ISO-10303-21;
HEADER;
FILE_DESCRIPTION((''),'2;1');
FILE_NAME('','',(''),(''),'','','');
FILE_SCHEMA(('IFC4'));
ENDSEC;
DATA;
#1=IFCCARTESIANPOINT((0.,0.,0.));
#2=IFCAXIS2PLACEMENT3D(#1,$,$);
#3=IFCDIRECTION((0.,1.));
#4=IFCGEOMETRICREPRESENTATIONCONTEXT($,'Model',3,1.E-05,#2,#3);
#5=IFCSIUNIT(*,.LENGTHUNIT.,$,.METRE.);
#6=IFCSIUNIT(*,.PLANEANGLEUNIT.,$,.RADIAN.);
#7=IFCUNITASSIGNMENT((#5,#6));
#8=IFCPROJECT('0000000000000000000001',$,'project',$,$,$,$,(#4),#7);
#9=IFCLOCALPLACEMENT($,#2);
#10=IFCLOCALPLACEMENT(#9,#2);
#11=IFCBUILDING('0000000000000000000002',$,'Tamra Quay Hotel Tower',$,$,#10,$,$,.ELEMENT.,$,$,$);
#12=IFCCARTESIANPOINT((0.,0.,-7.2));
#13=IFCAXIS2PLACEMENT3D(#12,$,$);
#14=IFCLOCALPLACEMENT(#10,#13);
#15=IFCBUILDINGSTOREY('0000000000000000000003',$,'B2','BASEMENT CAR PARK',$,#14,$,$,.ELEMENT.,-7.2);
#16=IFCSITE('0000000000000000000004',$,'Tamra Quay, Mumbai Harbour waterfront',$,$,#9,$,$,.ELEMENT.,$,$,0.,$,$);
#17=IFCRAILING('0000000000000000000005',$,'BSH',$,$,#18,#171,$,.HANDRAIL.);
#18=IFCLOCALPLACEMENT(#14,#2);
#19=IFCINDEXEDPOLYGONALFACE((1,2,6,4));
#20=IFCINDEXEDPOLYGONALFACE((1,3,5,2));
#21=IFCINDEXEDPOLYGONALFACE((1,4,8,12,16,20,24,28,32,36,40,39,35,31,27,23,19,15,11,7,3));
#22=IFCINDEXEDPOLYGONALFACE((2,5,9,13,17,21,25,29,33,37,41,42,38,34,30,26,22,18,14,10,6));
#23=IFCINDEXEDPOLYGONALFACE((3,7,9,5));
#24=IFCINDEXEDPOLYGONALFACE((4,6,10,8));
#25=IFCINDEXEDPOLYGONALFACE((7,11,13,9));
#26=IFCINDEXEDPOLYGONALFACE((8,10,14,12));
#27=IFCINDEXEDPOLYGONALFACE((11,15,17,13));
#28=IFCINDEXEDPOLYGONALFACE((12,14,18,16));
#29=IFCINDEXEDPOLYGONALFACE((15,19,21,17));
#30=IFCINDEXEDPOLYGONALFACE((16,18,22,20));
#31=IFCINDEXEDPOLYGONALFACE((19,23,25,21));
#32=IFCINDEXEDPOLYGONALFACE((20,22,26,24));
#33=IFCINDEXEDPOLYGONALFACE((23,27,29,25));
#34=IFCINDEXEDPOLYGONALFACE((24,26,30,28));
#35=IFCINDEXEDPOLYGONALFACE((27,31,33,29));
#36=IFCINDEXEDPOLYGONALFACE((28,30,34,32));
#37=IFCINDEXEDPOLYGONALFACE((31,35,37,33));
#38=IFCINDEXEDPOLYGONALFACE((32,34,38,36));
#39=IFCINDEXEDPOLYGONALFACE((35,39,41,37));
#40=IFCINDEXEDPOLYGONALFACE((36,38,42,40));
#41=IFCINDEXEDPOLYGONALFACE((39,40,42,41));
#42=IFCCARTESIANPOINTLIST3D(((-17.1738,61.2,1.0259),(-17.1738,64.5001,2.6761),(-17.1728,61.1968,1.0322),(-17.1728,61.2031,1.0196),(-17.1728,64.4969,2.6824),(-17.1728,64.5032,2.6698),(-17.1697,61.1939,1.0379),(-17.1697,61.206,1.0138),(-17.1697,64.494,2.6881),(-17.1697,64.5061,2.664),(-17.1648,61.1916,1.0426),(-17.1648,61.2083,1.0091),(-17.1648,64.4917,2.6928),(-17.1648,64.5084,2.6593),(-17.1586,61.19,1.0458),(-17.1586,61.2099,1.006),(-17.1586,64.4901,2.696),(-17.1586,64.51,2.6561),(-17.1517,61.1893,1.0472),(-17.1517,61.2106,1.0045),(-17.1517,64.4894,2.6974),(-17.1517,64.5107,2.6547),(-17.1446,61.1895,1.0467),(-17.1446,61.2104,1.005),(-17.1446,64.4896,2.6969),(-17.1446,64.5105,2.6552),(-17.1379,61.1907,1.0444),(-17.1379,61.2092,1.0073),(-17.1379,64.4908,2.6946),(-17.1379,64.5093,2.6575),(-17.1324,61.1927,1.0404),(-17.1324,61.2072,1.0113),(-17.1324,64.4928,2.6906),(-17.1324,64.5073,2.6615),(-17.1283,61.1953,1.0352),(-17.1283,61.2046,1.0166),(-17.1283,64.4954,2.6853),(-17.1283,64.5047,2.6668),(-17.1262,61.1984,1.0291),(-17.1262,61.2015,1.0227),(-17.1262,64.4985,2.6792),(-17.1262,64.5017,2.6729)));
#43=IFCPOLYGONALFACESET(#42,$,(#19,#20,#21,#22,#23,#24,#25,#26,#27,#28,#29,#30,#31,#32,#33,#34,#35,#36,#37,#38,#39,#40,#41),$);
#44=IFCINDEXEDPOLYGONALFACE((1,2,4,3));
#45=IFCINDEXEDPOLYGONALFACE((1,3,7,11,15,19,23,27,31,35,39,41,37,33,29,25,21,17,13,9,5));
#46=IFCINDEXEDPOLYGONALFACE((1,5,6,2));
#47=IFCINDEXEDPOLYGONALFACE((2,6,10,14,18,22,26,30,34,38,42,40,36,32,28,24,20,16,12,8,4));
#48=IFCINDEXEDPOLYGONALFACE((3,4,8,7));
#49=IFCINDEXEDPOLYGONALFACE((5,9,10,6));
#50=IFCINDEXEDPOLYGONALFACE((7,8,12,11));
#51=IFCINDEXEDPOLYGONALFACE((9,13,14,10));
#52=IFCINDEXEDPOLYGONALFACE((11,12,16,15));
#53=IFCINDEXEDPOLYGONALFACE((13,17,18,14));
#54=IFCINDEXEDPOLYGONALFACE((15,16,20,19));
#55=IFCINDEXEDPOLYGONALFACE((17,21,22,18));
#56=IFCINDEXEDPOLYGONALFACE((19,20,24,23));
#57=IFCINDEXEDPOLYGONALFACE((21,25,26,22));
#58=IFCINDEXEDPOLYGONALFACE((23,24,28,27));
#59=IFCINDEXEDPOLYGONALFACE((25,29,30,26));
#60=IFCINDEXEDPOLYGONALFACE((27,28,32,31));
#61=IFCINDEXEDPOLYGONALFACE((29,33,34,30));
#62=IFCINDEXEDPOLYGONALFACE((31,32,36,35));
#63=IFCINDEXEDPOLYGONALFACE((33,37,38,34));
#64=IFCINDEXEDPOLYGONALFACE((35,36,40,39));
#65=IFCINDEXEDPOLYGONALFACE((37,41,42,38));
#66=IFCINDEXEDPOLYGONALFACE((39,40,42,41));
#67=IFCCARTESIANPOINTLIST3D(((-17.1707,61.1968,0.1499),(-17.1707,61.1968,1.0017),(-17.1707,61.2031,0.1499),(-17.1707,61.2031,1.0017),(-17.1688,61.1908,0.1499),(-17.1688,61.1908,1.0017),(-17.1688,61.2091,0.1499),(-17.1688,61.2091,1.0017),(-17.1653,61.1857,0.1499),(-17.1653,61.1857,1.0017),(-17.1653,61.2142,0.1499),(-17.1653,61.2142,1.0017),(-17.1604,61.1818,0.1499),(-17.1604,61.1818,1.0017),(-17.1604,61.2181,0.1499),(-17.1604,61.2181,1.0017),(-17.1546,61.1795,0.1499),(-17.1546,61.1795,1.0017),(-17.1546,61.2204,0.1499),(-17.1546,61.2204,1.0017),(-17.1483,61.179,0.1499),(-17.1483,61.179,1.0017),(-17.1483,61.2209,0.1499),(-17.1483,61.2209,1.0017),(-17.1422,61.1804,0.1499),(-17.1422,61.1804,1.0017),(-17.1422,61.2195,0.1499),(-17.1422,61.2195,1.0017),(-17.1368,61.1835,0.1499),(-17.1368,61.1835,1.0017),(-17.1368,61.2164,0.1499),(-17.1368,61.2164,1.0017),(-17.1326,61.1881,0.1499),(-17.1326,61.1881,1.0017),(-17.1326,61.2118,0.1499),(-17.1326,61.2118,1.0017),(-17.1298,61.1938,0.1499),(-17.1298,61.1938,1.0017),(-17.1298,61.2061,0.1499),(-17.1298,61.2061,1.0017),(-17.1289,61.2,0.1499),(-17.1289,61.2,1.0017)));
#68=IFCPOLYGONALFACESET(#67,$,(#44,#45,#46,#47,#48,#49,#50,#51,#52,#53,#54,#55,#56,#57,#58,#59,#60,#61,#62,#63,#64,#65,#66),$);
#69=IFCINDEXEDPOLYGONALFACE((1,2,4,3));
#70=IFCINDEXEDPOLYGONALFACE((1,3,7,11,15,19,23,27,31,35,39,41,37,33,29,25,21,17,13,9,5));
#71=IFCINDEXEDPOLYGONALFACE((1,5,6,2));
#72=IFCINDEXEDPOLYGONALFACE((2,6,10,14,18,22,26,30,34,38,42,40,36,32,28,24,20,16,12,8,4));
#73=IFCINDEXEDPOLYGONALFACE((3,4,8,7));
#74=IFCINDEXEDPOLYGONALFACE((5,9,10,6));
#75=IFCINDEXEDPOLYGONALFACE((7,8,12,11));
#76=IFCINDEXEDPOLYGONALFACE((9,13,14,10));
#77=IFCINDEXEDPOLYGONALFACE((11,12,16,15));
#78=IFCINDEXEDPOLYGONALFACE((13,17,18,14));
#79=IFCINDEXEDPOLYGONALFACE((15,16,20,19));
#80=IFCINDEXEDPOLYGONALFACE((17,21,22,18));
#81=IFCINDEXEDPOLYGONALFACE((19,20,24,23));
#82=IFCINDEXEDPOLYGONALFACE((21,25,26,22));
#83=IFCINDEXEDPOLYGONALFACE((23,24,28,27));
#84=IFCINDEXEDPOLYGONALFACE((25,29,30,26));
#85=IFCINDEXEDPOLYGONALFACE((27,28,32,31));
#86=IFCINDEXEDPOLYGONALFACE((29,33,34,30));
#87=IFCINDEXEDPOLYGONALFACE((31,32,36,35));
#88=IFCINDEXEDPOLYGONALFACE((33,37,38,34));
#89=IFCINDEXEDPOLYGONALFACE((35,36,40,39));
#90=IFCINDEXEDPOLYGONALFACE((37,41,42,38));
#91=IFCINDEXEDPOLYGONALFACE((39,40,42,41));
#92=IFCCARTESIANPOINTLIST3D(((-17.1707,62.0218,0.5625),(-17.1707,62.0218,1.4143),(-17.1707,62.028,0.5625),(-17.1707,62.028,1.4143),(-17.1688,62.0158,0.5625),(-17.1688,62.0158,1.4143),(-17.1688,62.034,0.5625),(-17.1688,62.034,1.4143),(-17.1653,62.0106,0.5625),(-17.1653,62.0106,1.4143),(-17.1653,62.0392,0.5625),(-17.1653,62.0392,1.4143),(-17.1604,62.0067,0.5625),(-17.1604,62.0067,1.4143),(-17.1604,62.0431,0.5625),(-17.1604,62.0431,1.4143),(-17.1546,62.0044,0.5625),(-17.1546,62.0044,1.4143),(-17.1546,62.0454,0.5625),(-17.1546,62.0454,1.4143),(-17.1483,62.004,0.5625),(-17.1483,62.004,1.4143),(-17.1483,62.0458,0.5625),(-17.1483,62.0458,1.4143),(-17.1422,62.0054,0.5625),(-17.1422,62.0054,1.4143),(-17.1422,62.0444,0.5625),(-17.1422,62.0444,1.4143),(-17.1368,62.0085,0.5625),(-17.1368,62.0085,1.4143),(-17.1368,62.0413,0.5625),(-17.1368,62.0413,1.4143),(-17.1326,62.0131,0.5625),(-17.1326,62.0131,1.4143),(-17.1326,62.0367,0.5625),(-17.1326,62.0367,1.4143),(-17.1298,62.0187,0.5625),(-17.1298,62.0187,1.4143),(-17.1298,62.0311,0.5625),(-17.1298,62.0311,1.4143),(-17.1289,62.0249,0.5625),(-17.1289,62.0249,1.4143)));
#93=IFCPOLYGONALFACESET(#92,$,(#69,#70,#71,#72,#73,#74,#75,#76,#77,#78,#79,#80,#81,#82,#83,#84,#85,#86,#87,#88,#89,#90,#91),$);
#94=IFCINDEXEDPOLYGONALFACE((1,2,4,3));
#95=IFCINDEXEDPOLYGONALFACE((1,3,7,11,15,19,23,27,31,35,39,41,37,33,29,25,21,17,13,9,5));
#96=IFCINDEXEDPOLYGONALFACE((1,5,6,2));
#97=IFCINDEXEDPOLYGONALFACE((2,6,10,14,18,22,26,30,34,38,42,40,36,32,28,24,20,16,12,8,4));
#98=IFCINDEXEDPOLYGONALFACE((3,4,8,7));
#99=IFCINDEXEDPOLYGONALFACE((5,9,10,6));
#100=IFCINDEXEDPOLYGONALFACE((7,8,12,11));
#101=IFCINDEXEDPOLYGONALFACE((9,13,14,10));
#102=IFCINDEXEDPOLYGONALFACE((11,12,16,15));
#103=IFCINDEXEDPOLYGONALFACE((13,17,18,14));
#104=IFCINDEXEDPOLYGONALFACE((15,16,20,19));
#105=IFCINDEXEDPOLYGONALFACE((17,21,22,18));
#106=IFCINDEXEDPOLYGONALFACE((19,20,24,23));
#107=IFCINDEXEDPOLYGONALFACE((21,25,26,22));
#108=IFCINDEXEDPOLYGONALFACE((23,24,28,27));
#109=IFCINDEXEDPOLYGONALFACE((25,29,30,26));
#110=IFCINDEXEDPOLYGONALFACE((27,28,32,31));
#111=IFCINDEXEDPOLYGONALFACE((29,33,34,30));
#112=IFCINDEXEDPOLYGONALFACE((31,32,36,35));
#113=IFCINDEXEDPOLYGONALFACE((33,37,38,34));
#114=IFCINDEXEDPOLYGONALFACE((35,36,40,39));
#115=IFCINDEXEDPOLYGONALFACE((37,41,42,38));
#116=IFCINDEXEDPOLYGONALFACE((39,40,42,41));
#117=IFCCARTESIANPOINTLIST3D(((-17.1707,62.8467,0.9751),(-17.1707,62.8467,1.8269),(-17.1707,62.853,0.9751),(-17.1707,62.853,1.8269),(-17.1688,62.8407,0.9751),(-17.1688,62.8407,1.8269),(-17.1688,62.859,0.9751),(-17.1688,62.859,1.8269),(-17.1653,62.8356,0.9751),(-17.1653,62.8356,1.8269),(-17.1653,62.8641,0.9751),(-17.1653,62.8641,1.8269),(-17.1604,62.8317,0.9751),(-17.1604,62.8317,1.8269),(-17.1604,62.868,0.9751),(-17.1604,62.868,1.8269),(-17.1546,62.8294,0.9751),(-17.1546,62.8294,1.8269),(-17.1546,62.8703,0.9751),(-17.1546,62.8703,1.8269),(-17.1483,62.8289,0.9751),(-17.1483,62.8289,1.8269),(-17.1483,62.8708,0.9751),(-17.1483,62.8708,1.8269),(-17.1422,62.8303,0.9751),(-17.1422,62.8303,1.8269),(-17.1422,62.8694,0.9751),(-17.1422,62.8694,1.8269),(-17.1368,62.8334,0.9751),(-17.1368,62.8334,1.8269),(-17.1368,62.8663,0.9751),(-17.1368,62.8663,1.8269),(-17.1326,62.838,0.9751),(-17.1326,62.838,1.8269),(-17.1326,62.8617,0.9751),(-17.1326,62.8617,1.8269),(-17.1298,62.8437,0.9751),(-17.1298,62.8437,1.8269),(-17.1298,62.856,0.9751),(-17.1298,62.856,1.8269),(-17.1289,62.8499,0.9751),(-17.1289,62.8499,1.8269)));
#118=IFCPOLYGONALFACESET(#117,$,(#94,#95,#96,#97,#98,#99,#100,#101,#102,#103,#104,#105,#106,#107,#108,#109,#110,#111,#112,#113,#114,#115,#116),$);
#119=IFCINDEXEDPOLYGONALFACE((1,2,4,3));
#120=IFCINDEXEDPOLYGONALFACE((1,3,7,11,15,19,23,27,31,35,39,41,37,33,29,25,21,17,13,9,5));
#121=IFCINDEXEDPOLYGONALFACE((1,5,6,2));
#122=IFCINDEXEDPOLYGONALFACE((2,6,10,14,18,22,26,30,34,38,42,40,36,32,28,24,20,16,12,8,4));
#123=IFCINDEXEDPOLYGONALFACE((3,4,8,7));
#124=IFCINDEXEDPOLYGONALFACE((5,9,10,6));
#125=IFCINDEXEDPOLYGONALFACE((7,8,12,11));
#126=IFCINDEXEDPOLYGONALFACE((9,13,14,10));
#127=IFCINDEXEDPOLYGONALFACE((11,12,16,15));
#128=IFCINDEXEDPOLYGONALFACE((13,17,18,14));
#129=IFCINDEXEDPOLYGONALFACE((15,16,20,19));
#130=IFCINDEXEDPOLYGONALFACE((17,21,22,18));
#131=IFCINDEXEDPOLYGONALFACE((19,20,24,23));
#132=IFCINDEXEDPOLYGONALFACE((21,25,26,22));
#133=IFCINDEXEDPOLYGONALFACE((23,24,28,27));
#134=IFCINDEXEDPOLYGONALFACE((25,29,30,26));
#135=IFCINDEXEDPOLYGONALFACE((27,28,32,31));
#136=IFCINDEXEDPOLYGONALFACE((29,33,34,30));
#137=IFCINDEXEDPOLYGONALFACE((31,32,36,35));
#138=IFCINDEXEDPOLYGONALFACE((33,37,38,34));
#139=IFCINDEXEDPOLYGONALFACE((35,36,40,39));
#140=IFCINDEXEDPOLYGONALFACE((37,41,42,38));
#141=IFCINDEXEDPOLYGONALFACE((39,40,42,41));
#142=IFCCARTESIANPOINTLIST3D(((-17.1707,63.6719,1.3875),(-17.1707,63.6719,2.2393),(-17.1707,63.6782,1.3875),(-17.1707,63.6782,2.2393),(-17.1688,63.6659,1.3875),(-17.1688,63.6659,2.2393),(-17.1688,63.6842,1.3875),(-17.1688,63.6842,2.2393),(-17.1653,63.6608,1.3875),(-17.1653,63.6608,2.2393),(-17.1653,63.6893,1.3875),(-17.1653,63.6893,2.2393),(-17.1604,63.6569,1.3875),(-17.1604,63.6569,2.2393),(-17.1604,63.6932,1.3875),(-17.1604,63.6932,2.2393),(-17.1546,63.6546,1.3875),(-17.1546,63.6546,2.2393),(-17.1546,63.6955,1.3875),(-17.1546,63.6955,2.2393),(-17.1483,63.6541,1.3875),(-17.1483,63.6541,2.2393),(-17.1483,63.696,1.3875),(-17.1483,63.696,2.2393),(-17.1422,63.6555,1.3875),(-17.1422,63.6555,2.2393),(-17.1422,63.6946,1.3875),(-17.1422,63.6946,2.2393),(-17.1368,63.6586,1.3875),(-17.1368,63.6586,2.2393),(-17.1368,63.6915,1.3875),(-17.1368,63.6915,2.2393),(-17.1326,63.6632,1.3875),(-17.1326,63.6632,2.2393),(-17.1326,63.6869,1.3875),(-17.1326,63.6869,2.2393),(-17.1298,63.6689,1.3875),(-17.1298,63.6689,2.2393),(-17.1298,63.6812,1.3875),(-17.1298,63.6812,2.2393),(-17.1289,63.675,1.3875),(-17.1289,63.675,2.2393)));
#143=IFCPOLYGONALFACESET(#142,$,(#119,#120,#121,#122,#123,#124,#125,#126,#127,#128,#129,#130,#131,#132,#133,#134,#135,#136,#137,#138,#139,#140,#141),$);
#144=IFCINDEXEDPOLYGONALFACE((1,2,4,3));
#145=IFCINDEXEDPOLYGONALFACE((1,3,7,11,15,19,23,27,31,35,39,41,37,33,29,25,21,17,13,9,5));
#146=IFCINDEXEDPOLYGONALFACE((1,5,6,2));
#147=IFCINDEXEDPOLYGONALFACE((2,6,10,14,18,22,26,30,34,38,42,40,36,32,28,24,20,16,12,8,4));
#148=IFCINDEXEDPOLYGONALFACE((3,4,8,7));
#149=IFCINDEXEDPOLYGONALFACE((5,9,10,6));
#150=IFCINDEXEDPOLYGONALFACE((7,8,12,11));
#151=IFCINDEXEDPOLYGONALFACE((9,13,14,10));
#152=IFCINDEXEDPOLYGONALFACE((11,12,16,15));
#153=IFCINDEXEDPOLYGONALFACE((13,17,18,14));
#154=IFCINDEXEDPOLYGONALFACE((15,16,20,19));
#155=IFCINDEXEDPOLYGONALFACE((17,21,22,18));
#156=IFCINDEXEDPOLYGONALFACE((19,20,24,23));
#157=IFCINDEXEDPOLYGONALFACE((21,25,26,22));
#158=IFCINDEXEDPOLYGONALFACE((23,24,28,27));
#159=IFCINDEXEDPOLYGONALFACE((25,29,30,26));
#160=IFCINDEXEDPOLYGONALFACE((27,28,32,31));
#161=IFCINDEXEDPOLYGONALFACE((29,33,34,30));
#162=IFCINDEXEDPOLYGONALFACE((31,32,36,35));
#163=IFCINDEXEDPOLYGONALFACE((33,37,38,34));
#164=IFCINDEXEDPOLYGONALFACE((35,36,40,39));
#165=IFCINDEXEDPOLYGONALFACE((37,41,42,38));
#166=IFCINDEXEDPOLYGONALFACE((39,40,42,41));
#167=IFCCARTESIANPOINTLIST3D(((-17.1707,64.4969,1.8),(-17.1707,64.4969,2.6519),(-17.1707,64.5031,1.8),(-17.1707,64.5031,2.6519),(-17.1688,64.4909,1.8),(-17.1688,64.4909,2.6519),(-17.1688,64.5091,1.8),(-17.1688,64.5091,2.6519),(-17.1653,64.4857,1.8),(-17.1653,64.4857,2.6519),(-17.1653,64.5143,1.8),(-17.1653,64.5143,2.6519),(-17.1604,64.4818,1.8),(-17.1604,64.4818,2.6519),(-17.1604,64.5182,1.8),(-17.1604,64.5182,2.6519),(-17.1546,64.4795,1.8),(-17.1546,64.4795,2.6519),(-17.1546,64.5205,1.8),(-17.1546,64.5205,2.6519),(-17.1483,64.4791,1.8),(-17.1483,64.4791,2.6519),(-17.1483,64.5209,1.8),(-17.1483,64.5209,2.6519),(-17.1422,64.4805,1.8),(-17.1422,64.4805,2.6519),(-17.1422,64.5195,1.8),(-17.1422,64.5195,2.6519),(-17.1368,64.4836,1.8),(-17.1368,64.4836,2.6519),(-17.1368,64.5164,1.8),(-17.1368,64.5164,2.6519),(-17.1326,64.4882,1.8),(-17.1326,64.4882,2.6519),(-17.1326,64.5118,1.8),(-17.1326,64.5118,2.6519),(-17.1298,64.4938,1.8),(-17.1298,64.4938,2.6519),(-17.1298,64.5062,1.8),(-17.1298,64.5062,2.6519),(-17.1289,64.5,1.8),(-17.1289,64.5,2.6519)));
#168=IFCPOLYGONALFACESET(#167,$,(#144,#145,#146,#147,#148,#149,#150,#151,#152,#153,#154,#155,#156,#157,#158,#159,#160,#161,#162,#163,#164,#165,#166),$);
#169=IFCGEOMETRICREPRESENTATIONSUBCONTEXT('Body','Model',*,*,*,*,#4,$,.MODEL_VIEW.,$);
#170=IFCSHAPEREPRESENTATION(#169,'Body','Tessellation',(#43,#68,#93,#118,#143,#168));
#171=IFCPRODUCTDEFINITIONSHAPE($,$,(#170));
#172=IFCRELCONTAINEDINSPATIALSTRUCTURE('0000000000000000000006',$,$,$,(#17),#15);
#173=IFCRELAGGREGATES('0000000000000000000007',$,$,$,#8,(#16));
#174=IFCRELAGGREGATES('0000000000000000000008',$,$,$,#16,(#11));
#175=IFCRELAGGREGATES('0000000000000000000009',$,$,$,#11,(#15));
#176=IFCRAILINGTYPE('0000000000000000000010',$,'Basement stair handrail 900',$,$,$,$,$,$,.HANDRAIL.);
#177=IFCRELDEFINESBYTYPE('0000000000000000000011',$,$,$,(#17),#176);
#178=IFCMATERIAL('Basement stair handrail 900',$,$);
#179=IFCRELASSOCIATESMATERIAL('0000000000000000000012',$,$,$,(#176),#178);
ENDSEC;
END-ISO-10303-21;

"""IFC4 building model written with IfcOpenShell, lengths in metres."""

from ifc_helpers import new_model, si_unit, direction, frame, origin, origin_2d, place, context, subcontext, project, spatial, circle, extrude, material, type_object, element, save


model = new_model("IFC4")

# Units and contexts
model_context = context("Model", 3, precision=1e-05, world=origin(), true_north=direction((0.0, 1.0)))
body_context = subcontext(model_context, "Body", "Model", "MODEL_VIEW")
ifc_project = project(units=[si_unit("LENGTHUNIT", "METRE"), si_unit("PLANEANGLEUNIT", "RADIAN")], contexts=[model_context])

# Site, building, storey
site_placement = place(None, origin())
site = spatial("IfcSite", under=ifc_project, at=site_placement, Name="Tamra Quay, Mumbai Harbour waterfront", CompositionType="ELEMENT", RefElevation=0.0)
building_placement = place(site_placement, origin())
building = spatial("IfcBuilding", under=site, at=building_placement, Name="Tamra Quay Hotel Tower", CompositionType="ELEMENT")
storey_placement = place(building_placement, frame((0.0, 0.0, -7.2)))
storey = spatial("IfcBuildingStorey", under=building, at=storey_placement, Name="B2", Description="BASEMENT CAR PARK", CompositionType="ELEMENT", Elevation=-7.2)

# Railing
ifc_material_1 = material(Name="Basement stair handrail 900")
railing_type_1 = type_object("IfcRailingType", Name="Basement stair handrail 900", PredefinedType="HANDRAIL", material=ifc_material_1)
railing_1_placement = place(storey_placement, frame((-17.1499, 61.2, 0.1499)))
element("IfcRailing", 1, at=railing_1_placement, inside=storey, type_object=railing_type_1, Name="BSH", PredefinedType="HANDRAIL", context=body_context, shape_type="SweptSolid", body=[
    extrude(circle(Radius=0.0239, at=origin_2d()), frame((0.0, 0.0, 0.876), z_axis=(0.0, 0.894414, 0.44724), x_axis=(-1.0, 0.0, 0.0)), (0.0, 0.0, 1.0), 3.6897),
    extrude(circle(Radius=0.021, at=origin_2d()), origin(), (0.0, 0.0, 1.0), 0.8518),
    extrude(circle(Radius=0.021, at=origin_2d()), frame((0.0, 0.825, 0.4126)), (0.0, 0.0, 1.0), 0.8518),
    extrude(circle(Radius=0.021, at=origin_2d()), frame((0.0, 1.6499, 0.8252)), (0.0, 0.0, 1.0), 0.8518),
    extrude(circle(Radius=0.021, at=origin_2d()), frame((0.0, 2.4751, 1.2375)), (0.0, 0.0, 1.0), 0.8518),
    extrude(circle(Radius=0.021, at=origin_2d()), frame((0.0, 3.3, 1.6501)), (0.0, 0.0, 1.0), 0.8518),
])

save(model, "model.ifc")
